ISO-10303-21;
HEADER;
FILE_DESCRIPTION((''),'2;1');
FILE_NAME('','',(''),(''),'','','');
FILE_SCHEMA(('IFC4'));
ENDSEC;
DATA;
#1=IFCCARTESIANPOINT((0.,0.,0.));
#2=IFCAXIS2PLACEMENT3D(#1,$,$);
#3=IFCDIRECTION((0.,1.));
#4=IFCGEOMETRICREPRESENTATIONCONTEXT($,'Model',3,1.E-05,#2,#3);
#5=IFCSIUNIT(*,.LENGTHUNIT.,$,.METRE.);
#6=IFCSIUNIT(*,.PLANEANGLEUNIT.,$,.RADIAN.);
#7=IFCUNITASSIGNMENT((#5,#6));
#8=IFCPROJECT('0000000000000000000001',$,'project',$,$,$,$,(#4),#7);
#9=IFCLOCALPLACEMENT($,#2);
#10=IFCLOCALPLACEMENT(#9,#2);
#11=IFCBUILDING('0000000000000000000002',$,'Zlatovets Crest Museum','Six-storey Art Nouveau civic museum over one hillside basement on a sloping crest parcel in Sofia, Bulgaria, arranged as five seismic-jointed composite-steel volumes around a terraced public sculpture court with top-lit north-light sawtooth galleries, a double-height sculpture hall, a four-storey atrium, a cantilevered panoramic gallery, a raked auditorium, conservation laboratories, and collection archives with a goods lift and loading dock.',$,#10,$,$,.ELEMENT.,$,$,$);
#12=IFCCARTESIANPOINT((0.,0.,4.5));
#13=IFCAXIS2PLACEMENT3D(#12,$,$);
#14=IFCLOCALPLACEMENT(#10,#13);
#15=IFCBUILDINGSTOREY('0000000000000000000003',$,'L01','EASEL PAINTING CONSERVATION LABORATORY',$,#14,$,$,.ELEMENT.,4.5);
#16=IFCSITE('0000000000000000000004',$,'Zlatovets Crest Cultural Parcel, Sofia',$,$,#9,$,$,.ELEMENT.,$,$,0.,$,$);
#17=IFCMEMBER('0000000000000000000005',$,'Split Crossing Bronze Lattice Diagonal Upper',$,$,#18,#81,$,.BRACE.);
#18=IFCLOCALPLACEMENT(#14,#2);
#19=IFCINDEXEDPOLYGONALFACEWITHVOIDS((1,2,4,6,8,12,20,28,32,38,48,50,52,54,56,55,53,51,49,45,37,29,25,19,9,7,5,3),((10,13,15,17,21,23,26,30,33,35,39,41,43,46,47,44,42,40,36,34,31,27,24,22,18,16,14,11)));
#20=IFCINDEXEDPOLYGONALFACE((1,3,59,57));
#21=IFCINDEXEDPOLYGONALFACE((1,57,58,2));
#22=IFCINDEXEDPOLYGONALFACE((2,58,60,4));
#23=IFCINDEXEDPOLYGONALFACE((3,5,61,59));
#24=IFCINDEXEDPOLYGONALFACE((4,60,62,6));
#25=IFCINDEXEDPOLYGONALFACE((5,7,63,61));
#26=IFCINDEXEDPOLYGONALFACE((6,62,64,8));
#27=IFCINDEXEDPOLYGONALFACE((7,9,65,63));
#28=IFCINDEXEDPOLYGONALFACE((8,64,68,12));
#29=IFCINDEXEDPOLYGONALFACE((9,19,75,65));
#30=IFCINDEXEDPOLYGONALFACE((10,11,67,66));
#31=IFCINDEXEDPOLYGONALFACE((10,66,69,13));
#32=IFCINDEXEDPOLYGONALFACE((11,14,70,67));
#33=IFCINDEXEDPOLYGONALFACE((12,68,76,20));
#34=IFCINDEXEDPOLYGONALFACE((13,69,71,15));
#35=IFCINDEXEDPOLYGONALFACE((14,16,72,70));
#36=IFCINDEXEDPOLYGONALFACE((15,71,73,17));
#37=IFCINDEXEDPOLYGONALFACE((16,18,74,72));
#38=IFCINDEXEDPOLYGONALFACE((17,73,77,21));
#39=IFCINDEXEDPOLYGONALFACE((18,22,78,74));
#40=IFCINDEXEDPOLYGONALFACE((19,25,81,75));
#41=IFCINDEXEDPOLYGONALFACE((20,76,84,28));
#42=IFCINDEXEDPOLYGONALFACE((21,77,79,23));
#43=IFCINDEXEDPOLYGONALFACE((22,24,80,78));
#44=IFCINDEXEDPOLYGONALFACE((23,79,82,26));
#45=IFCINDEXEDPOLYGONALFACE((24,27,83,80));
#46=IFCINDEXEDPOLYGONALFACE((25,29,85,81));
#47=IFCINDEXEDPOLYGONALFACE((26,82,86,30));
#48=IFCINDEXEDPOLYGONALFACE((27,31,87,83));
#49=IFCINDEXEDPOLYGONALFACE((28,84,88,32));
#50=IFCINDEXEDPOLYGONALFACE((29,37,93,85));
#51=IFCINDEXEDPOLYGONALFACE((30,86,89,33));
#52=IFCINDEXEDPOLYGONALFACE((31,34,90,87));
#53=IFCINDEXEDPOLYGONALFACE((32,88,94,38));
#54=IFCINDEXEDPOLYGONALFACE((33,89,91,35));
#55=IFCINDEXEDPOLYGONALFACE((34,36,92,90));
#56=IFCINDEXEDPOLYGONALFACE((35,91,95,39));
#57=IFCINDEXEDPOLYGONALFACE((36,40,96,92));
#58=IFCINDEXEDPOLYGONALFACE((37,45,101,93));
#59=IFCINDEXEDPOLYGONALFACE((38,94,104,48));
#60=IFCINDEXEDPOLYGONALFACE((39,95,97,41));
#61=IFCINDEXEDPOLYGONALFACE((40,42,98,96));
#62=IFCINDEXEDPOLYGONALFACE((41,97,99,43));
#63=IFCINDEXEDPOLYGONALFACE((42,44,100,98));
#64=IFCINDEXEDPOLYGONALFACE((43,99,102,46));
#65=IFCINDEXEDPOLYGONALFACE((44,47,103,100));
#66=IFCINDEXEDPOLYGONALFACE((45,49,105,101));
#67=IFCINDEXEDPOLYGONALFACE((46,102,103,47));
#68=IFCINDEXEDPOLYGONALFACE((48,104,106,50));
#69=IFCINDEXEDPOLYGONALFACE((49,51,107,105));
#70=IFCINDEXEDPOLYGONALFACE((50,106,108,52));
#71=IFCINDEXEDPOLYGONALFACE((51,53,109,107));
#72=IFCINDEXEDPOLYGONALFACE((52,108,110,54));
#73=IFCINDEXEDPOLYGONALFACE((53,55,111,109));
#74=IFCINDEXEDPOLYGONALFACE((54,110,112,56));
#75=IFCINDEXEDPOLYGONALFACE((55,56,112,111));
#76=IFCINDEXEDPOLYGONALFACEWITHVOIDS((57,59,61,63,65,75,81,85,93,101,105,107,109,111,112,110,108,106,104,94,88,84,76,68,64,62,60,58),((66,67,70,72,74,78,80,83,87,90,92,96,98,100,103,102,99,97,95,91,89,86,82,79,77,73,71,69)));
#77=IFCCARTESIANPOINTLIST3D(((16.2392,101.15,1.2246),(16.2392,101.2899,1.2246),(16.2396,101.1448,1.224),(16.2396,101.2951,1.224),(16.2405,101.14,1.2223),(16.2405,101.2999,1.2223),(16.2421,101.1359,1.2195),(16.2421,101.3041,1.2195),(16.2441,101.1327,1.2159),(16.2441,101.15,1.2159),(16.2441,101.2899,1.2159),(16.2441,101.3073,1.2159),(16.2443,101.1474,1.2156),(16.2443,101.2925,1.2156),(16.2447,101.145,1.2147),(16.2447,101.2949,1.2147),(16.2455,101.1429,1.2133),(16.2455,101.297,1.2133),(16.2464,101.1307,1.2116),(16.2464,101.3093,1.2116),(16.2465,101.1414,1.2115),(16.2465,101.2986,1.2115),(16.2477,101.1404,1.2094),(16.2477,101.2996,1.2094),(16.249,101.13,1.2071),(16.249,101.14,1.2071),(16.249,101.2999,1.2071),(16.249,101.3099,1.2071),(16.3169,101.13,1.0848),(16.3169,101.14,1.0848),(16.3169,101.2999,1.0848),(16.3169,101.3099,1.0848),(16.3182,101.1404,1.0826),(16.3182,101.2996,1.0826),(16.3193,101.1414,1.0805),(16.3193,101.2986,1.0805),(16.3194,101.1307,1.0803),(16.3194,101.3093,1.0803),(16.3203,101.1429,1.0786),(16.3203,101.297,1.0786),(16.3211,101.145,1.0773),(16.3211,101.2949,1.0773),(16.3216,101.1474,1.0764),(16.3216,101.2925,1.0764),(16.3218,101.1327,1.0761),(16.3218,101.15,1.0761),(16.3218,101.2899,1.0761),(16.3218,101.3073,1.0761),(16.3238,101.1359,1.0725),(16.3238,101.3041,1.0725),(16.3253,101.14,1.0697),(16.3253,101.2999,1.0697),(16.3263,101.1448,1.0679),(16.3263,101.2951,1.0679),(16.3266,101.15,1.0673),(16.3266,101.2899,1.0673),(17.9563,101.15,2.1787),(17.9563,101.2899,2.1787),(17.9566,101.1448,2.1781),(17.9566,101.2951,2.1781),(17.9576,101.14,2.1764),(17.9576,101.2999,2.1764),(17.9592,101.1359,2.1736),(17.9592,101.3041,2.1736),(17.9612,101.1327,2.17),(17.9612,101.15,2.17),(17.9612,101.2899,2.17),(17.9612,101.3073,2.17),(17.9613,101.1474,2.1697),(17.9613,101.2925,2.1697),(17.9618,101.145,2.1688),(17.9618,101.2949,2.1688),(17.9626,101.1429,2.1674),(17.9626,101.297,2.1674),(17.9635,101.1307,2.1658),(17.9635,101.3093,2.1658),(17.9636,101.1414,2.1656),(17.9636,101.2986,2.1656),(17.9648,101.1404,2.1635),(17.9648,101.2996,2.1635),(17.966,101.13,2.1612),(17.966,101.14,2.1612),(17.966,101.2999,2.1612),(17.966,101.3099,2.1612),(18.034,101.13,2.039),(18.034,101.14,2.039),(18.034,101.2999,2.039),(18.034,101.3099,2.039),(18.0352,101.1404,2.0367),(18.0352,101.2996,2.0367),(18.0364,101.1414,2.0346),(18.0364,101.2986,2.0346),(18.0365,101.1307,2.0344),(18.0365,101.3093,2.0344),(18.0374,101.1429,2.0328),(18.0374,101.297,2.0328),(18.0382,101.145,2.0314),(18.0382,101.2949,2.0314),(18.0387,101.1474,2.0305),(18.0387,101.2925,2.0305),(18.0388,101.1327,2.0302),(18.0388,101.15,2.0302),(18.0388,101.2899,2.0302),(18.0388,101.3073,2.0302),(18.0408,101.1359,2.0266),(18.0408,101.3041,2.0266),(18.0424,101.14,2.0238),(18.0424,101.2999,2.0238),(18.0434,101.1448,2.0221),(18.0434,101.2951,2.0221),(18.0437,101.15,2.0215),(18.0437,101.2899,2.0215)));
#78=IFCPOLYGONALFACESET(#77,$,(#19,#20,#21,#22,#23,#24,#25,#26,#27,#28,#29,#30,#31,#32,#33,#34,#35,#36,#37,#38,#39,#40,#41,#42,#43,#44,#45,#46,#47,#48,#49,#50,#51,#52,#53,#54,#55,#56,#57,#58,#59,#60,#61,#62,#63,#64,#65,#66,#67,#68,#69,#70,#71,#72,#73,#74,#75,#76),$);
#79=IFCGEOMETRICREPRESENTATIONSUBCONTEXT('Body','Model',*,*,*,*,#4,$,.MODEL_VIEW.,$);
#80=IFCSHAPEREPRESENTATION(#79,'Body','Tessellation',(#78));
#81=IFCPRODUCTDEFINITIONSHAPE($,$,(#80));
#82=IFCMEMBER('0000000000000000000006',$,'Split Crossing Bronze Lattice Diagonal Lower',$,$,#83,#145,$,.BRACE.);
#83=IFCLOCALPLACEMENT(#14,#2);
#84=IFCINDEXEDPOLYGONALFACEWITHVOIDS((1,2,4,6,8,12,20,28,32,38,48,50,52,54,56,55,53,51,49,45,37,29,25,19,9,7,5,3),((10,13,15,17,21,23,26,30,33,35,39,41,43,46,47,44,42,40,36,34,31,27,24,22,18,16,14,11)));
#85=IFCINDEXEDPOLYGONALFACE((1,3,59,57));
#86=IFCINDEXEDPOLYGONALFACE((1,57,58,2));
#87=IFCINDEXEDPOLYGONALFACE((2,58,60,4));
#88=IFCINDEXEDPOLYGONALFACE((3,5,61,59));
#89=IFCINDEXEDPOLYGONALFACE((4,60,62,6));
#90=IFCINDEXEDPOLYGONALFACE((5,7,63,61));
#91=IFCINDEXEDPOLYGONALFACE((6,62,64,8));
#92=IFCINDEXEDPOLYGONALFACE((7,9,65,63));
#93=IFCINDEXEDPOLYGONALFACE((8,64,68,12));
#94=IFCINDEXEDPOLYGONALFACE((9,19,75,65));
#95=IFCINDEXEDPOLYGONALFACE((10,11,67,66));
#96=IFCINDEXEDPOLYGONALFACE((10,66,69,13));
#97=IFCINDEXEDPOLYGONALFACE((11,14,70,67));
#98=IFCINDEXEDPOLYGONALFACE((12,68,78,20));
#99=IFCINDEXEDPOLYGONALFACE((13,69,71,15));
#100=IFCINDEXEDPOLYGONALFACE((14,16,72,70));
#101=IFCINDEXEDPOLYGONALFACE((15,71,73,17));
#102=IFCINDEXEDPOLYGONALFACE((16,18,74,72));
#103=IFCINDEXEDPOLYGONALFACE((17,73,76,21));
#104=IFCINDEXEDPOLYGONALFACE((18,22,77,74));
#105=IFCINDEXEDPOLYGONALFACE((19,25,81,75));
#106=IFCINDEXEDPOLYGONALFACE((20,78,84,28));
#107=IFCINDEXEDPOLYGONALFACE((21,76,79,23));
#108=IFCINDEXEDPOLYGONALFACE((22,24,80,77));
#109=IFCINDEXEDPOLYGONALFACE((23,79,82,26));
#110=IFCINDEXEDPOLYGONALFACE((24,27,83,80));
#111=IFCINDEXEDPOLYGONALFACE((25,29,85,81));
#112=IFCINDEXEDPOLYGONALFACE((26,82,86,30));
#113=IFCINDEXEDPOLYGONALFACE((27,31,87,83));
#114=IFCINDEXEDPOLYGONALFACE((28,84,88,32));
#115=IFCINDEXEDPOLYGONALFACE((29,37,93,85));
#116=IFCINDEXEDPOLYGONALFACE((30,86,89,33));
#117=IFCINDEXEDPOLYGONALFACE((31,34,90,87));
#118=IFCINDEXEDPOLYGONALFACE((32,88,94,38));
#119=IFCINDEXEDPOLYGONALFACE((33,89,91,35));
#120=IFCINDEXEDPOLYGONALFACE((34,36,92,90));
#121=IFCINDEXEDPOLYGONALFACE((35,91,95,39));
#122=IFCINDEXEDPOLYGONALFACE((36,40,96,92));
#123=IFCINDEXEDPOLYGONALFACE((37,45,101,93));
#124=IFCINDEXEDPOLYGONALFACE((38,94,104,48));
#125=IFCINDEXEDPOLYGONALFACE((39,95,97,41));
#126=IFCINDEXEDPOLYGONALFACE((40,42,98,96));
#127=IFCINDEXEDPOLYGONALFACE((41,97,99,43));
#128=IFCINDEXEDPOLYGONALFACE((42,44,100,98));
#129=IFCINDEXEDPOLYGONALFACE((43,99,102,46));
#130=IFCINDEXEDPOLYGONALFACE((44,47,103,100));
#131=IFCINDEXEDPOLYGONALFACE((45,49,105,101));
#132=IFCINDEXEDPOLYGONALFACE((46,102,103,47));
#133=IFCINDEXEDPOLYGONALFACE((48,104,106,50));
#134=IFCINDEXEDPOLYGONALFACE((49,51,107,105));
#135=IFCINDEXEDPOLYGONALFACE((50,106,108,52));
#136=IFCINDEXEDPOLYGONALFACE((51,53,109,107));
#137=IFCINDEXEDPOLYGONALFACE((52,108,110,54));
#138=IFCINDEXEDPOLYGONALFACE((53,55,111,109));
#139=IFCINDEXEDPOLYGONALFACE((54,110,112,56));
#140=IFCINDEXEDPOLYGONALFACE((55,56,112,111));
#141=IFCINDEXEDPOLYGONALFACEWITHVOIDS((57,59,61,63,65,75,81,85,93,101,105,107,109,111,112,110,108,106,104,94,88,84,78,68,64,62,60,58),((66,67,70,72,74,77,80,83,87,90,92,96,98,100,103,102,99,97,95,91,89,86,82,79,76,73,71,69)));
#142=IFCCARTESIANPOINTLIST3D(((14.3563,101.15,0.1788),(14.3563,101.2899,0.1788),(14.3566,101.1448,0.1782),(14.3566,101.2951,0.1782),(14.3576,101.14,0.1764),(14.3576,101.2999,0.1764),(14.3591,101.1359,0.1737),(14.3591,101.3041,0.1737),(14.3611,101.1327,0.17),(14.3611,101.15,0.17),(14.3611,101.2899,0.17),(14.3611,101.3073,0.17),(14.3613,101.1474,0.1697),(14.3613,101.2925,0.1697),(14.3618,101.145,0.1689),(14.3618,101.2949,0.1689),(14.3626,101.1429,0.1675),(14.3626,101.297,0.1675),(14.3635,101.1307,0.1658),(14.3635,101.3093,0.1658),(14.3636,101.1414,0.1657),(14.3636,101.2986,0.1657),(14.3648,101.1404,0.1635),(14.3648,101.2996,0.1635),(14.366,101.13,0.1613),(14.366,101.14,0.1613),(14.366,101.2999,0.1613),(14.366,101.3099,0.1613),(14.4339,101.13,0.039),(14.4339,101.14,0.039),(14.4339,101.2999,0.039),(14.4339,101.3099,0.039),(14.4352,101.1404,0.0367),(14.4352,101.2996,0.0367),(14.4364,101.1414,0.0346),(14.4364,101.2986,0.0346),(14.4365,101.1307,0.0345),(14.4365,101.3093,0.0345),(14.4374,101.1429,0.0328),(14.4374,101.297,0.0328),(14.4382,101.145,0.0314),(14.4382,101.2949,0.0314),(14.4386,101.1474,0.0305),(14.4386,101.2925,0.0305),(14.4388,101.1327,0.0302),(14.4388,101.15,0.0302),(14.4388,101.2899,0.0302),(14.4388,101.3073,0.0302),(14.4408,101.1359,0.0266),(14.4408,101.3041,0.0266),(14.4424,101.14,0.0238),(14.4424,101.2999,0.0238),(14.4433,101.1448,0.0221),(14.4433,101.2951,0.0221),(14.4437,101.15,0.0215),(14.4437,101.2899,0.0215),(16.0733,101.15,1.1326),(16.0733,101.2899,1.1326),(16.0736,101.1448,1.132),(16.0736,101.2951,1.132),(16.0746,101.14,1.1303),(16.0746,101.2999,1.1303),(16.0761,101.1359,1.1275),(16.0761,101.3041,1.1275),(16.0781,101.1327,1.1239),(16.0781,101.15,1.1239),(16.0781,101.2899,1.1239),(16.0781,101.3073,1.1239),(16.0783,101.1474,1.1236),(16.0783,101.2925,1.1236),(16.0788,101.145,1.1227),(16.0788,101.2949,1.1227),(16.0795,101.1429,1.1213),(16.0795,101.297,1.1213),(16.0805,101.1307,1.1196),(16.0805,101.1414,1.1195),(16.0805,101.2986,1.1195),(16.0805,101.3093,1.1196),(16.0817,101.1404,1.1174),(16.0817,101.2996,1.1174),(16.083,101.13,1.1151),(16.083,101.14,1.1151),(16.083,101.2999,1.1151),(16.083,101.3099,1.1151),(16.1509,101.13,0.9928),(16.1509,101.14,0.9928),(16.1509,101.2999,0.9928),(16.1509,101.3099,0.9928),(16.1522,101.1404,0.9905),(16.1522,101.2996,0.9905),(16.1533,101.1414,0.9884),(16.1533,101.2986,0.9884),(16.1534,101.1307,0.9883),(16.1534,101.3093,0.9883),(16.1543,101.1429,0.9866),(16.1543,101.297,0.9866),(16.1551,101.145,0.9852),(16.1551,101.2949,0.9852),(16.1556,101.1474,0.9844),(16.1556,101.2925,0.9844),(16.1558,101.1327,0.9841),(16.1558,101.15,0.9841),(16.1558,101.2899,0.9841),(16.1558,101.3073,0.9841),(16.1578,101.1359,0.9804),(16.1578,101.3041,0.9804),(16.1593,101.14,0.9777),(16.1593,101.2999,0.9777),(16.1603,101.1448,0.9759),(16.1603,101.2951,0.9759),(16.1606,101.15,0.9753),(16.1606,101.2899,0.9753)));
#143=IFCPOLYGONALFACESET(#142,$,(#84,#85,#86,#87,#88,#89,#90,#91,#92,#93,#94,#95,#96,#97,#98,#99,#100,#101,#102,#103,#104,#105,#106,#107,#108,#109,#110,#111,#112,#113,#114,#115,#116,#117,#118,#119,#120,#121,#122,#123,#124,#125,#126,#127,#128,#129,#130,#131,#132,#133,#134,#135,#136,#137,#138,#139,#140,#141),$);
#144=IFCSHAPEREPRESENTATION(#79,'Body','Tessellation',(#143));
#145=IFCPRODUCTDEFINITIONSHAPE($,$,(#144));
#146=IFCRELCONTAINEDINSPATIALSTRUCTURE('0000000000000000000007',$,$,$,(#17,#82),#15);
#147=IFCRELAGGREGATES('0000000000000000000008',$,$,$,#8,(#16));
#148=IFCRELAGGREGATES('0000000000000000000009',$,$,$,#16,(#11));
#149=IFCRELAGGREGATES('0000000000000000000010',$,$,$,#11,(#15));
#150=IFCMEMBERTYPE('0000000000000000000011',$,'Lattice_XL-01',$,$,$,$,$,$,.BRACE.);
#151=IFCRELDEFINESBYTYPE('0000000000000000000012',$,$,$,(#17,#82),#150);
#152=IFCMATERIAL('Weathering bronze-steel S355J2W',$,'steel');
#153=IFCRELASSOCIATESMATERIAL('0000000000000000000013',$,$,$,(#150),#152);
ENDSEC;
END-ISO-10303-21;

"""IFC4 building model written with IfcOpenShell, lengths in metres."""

from ifc_helpers import new_model, si_unit, direction, frame, origin, origin_2d, place, context, subcontext, project, spatial, hollow_rectangle, extrude, material, material_profile, profile_set, type_object, element, save


model = new_model("IFC4")

# Units and contexts
model_context = context("Model", 3, precision=1e-05, world=origin(), true_north=direction((0.0, 1.0)))
body_context = subcontext(model_context, "Body", "Model", "MODEL_VIEW")
ifc_project = project(units=[si_unit("LENGTHUNIT", "METRE"), si_unit("PLANEANGLEUNIT", "RADIAN")], contexts=[model_context])

# Site, building, storey
site_placement = place(None, origin())
site = spatial("IfcSite", under=ifc_project, at=site_placement, Name="Zlatovets Crest Cultural Parcel, Sofia", CompositionType="ELEMENT", RefElevation=0.0)
building_placement = place(site_placement, origin())
building = spatial("IfcBuilding", under=site, at=building_placement, Name="Zlatovets Crest Museum", Description="Six-storey Art Nouveau civic museum over one hillside basement on a sloping crest parcel in Sofia, Bulgaria, arranged as five seismic-jointed composite-steel volumes around a terraced public sculpture court with top-lit north-light sawtooth galleries, a double-height sculpture hall, a four-storey atrium, a cantilevered panoramic gallery, a raked auditorium, conservation laboratories, and collection archives with a goods lift and loading dock.", CompositionType="ELEMENT")
storey_placement = place(building_placement, frame((0.0, 0.0, 4.5)))
storey = spatial("IfcBuildingStorey", under=building, at=storey_placement, Name="L01", Description="EASEL PAINTING CONSERVATION LABORATORY", CompositionType="ELEMENT", Elevation=4.5)

# Members
ifc_material_1 = material(Name="Weathering bronze-steel S355J2W", Category="steel")
ifc_material_profile_1 = material_profile(ifc_material_1, hollow_rectangle(XDim=0.1799, YDim=0.1799, WallThickness=0.01, InnerFilletRadius=0.01, OuterFilletRadius=0.02, at=origin_2d()), Name="SHS 180x180x10.0")
ifc_profile_set_1 = profile_set([ifc_material_profile_1], Name="Weathering bronze-steel S355J2W")
member_type_1 = type_object("IfcMemberType", Name="Lattice_XL-01", PredefinedType="BRACE", material=ifc_profile_set_1)
member_1_placement = place(storey_placement, frame((18.0, 101.22, 2.1001), z_axis=(-0.874116, 0.0, -0.485717), x_axis=(0.0, -1.0, 0.0)))
element("IfcMember", 1, at=member_1_placement, inside=storey, type_object=member_type_1, Name="Split Crossing Bronze Lattice Diagonal Upper", PredefinedType="BRACE", context=body_context, shape_type="SweptSolid", body=[
    extrude(hollow_rectangle(XDim=0.1799, YDim=0.1799, WallThickness=0.01, InnerFilletRadius=0.01, OuterFilletRadius=0.02, at=origin_2d()), origin(), (0.0, 0.0, 1.0), 1.9644),
])
member_2_placement = place(storey_placement, frame((16.1169, 101.22, 1.054), z_axis=(-0.874169, 0.0, -0.485622), x_axis=(0.0, -1.0, 0.0)))
element("IfcMember", 2, at=member_2_placement, inside=storey, type_object=member_type_1, Name="Split Crossing Bronze Lattice Diagonal Lower", PredefinedType="BRACE", context=body_context, shape_type="SweptSolid", body=[
    extrude(hollow_rectangle(XDim=0.1799, YDim=0.1799, WallThickness=0.01, InnerFilletRadius=0.01, OuterFilletRadius=0.02, at=origin_2d()), origin(), (0.0, 0.0, 1.0), 1.9641),
])

save(model, "model.ifc")
